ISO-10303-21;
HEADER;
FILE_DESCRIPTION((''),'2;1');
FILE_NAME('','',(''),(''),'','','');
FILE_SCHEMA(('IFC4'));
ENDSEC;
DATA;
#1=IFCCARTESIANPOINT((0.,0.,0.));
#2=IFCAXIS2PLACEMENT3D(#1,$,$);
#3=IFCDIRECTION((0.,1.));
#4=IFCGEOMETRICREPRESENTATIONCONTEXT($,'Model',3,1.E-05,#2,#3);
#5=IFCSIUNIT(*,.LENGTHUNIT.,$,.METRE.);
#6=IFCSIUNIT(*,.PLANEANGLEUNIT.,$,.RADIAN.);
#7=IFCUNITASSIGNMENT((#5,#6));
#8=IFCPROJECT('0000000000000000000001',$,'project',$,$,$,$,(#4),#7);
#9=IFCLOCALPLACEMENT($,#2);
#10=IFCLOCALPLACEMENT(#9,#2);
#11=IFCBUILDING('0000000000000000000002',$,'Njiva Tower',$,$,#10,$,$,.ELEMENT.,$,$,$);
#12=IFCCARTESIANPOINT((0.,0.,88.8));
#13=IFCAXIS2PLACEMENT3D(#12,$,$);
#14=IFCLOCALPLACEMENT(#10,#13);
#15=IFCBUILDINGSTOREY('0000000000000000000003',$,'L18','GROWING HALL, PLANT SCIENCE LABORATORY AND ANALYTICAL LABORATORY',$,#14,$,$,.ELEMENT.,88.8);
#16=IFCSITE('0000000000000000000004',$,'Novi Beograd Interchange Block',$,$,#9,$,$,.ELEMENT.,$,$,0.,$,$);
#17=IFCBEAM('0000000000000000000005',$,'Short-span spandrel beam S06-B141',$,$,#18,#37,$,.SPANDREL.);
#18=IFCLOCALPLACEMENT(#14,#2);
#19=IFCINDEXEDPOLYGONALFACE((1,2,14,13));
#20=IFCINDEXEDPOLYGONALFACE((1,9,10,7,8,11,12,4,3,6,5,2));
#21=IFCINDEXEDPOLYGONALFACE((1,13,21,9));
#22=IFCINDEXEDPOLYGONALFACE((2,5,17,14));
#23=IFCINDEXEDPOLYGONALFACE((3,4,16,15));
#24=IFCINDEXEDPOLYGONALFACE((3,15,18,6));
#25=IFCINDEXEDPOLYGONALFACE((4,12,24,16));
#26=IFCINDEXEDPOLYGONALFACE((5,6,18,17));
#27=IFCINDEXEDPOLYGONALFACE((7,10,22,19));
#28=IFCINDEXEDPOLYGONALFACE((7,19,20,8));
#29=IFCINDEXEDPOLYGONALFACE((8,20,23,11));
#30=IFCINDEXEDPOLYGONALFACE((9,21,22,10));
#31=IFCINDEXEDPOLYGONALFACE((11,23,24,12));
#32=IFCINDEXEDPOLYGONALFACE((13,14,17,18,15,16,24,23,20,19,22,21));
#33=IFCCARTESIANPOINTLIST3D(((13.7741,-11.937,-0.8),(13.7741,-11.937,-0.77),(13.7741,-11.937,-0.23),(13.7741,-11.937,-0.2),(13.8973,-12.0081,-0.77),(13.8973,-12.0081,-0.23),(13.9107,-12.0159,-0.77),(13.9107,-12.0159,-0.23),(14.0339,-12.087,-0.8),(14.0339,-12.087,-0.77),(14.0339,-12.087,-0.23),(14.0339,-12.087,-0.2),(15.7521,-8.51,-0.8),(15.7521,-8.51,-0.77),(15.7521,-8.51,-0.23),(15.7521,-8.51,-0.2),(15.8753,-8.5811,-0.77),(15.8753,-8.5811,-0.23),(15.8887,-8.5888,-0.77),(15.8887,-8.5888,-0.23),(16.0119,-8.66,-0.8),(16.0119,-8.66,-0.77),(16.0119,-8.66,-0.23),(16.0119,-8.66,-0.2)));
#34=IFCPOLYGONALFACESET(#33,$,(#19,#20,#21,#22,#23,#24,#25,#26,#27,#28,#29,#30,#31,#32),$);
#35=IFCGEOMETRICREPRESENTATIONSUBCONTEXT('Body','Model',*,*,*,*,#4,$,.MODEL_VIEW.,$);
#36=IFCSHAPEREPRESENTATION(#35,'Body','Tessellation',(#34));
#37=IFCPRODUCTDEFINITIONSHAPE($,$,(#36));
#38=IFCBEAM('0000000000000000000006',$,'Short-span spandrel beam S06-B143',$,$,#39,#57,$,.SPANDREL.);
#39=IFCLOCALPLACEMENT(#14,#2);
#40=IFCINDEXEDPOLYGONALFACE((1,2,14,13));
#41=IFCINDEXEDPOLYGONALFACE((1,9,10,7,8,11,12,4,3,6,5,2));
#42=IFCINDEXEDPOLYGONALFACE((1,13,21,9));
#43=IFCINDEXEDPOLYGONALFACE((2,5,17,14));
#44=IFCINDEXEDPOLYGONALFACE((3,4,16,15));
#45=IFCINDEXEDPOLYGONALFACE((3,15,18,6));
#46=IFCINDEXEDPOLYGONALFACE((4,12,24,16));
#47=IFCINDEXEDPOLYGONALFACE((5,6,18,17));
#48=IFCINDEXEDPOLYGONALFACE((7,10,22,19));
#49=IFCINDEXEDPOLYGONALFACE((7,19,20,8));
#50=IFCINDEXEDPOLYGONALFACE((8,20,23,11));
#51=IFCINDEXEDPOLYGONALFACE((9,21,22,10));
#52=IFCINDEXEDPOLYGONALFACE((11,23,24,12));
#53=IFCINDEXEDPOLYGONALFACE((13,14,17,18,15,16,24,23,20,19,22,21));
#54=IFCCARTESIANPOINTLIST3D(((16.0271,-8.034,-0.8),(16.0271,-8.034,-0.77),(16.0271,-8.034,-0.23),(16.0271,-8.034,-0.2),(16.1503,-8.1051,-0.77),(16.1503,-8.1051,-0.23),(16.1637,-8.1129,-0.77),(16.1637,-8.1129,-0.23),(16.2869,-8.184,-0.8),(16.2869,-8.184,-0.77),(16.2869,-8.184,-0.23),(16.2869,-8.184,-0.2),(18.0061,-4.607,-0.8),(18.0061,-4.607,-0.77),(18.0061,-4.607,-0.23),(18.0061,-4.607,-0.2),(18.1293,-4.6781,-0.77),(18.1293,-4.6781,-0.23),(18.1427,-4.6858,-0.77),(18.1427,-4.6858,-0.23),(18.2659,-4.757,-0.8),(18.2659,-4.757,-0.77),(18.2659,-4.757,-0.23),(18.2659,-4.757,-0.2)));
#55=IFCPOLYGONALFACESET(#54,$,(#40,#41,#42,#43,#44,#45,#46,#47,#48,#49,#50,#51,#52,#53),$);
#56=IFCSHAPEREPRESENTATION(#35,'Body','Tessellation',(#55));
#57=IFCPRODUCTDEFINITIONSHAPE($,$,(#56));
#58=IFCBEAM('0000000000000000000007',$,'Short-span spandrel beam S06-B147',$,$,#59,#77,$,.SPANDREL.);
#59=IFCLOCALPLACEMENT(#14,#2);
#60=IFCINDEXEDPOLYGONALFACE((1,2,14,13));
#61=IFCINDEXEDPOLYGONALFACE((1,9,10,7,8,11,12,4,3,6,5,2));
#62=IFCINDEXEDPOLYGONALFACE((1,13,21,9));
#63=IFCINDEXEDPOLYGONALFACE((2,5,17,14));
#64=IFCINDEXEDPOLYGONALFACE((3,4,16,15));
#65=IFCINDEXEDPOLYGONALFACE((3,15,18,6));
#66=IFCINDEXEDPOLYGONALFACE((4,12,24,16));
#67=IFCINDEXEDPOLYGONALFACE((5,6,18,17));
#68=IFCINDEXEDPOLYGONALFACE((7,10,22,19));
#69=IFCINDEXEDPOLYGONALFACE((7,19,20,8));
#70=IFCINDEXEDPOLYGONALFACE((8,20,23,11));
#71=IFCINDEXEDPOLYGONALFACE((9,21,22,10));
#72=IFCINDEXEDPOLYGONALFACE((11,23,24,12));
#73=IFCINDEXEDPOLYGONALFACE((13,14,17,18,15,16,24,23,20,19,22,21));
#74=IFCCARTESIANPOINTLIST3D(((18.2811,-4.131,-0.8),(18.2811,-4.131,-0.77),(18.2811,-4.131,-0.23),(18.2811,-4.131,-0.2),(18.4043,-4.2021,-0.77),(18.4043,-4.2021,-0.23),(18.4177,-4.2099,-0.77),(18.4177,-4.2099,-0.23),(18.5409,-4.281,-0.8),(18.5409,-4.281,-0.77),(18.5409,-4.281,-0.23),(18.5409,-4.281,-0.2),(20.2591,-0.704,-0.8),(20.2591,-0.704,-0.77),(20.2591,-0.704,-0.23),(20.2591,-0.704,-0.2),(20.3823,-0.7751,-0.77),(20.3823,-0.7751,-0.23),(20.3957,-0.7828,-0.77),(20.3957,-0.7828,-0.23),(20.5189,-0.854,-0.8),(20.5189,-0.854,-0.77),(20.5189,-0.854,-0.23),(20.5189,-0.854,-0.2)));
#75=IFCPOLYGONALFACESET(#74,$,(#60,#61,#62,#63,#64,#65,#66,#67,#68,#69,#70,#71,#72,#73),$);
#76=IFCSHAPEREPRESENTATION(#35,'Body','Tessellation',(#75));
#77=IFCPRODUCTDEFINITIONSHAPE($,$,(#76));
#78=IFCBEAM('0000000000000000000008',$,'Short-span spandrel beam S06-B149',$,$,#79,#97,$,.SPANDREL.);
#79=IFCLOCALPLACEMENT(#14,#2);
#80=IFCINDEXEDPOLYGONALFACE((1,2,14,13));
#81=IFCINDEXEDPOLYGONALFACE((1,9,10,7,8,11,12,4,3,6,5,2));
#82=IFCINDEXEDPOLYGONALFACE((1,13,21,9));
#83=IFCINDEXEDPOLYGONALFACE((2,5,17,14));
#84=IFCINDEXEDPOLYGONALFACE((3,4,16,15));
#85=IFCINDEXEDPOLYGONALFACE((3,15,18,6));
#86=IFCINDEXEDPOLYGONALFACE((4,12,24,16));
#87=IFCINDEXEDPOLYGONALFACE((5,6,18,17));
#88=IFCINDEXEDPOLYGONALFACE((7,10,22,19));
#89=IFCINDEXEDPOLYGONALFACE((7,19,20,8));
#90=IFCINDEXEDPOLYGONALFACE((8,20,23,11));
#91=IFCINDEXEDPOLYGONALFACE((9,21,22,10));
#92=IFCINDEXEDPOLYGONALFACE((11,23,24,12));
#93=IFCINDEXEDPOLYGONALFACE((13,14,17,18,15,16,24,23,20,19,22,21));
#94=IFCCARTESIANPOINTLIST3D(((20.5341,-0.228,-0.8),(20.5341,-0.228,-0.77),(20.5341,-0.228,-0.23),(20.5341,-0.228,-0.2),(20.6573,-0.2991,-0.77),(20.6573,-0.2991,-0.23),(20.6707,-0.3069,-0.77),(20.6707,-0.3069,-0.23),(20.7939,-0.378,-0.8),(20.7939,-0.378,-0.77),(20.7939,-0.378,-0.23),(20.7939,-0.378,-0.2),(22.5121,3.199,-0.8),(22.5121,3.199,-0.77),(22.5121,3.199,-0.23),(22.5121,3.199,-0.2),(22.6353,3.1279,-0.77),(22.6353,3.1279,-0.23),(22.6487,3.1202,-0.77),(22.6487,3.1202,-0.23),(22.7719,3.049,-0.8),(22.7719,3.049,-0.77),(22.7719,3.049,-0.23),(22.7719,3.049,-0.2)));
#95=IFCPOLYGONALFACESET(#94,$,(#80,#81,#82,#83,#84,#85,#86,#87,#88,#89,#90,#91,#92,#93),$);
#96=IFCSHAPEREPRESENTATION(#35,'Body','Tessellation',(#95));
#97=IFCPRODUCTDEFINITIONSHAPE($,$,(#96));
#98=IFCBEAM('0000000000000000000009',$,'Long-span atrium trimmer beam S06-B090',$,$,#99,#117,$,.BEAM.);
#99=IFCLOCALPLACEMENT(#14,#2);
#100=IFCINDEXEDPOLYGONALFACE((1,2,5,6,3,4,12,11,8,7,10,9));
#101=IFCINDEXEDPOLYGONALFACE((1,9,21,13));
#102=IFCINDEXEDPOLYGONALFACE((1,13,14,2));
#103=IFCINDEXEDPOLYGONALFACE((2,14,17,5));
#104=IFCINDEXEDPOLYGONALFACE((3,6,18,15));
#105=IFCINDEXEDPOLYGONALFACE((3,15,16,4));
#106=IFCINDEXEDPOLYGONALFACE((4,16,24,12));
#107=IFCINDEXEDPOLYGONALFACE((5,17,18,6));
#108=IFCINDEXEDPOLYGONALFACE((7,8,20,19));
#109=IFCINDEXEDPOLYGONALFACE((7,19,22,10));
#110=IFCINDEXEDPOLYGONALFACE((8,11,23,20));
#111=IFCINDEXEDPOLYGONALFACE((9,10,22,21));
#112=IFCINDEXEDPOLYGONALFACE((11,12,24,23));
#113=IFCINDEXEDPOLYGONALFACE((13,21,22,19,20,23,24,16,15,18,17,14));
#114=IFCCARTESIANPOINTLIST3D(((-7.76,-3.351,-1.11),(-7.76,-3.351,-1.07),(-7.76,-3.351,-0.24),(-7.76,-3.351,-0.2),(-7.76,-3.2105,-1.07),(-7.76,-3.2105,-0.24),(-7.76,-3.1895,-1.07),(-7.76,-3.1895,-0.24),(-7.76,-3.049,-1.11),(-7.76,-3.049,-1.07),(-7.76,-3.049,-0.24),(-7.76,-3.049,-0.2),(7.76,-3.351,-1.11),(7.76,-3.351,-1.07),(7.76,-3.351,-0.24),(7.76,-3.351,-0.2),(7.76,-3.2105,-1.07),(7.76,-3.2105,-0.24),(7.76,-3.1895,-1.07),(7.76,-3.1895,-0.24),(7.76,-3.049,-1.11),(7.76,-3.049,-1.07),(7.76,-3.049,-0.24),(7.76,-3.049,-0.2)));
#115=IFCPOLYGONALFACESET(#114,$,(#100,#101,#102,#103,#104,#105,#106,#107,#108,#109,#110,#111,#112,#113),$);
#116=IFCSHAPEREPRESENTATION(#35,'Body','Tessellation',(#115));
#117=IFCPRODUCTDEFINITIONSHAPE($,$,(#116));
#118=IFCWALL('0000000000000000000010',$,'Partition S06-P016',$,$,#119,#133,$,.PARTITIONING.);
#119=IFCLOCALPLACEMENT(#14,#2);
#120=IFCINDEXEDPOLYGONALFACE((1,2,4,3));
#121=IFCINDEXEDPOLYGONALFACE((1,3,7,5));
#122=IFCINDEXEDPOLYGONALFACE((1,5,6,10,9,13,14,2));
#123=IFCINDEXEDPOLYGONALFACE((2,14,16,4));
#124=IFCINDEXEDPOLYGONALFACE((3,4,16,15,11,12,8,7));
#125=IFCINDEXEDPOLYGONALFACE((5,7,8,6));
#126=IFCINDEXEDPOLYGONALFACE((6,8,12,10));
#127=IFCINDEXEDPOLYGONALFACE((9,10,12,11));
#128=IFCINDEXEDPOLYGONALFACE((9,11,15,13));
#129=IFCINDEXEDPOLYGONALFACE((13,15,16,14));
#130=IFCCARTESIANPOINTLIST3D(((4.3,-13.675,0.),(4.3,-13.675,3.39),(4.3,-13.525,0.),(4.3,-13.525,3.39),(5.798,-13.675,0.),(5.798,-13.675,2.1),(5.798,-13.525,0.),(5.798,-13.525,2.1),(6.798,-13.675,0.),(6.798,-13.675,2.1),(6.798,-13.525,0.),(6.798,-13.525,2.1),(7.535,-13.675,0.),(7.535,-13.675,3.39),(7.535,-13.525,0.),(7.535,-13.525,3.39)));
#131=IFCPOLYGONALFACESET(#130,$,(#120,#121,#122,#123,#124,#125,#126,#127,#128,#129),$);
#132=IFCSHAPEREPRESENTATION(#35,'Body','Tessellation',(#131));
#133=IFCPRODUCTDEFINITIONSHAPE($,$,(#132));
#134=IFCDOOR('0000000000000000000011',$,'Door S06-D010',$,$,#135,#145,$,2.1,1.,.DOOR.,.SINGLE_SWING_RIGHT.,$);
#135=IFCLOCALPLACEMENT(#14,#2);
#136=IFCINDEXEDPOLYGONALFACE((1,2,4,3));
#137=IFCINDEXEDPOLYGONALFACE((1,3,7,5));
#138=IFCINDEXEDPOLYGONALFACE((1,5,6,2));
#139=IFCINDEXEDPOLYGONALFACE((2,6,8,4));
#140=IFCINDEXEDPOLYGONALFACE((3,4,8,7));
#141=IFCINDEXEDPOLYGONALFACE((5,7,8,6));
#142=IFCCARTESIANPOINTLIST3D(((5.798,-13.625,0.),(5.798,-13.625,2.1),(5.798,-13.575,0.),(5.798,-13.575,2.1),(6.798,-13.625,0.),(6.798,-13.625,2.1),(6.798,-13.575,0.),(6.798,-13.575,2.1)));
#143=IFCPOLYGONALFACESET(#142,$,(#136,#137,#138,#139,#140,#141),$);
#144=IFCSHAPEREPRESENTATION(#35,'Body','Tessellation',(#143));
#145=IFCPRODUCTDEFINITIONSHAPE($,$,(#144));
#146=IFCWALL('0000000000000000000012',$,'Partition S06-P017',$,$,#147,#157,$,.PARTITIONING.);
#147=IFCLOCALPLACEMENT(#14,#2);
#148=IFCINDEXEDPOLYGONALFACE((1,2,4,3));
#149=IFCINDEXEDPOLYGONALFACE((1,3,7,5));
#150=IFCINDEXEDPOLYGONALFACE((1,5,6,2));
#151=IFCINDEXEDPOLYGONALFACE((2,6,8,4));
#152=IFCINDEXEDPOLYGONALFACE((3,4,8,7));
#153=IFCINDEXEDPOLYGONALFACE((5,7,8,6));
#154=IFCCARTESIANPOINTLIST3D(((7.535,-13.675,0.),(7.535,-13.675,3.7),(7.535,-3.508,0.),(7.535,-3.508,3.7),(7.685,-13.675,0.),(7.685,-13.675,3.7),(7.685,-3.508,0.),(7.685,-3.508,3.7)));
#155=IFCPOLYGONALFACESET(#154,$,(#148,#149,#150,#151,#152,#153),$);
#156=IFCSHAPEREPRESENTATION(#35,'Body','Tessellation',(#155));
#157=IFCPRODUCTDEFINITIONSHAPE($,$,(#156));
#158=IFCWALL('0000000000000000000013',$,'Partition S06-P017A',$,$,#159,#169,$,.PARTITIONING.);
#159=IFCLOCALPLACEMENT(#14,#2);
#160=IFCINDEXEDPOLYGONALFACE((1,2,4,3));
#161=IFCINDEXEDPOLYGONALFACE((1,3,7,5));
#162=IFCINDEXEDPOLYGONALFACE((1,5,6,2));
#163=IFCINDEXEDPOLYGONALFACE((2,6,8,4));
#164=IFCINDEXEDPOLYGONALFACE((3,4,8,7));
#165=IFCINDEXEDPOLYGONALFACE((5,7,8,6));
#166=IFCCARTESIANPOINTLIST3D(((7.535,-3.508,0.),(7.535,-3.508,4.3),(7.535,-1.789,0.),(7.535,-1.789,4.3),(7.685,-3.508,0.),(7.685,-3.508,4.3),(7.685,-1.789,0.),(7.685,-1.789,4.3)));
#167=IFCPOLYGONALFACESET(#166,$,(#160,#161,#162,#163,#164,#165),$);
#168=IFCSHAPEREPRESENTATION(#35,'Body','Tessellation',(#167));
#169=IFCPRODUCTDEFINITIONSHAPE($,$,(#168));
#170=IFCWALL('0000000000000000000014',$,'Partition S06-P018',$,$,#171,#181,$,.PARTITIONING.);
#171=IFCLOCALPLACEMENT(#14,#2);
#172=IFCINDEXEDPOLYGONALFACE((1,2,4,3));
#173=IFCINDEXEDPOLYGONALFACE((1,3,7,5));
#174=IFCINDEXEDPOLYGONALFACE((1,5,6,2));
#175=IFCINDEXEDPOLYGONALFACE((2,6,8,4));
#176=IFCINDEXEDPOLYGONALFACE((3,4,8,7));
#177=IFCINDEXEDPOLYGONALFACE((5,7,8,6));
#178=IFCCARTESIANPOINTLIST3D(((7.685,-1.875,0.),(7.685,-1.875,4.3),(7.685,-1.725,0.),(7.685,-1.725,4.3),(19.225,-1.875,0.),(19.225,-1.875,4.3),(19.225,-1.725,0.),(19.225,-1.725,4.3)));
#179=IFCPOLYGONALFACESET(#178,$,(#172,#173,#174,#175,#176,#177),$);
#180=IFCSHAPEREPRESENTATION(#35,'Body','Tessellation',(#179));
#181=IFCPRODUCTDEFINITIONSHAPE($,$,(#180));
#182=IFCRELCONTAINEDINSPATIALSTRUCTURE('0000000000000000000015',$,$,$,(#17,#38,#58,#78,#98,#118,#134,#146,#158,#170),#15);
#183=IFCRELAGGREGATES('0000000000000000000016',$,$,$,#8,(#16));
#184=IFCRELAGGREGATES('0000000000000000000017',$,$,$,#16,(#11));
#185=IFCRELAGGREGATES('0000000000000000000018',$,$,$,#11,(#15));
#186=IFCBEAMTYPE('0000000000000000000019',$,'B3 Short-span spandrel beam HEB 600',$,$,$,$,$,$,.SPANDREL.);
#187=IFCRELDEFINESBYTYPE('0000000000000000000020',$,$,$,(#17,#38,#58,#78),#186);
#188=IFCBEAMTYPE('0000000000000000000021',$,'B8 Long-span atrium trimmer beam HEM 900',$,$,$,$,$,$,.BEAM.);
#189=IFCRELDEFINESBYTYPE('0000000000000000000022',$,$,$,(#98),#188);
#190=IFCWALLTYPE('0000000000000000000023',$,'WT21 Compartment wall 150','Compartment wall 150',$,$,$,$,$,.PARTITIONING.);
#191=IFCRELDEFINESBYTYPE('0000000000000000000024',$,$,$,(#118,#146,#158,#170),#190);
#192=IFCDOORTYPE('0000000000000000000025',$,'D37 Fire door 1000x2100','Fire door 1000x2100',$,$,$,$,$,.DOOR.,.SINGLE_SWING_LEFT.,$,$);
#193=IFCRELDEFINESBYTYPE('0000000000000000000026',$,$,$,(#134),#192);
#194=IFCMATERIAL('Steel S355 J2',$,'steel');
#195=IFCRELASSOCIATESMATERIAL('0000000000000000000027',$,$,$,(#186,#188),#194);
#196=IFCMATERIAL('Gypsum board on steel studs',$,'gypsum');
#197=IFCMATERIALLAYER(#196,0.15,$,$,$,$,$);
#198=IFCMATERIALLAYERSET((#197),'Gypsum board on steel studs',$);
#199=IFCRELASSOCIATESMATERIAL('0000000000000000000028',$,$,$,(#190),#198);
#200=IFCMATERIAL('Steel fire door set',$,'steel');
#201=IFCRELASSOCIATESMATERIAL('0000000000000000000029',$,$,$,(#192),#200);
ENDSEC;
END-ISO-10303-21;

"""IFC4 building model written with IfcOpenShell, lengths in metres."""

from ifc_helpers import new_model, si_unit, direction, frame, frame_2d, origin, origin_2d, place, context, subcontext, project, spatial, rectangle, i_section, extrude, material, layer, layer_set, material_profile, profile_set, type_object, element, fill, save


model = new_model("IFC4")

# Units and contexts
model_context = context("Model", 3, precision=1e-05, world=origin(), true_north=direction((0.0, 1.0)))
body_context = subcontext(model_context, "Body", "Model", "MODEL_VIEW")
ifc_project = project(units=[si_unit("LENGTHUNIT", "METRE"), si_unit("PLANEANGLEUNIT", "RADIAN")], contexts=[model_context])

# Site, building, storey
site_placement = place(None, origin())
site = spatial("IfcSite", under=ifc_project, at=site_placement, Name="Novi Beograd Interchange Block", CompositionType="ELEMENT", RefElevation=0.0)
building_placement = place(site_placement, origin())
building = spatial("IfcBuilding", under=site, at=building_placement, Name="Njiva Tower", CompositionType="ELEMENT")
storey_placement = place(building_placement, frame((0.0, 0.0, 88.8)))
storey = spatial("IfcBuildingStorey", under=building, at=storey_placement, Name="L18", Description="GROWING HALL, PLANT SCIENCE LABORATORY AND ANALYTICAL LABORATORY", CompositionType="ELEMENT", Elevation=88.8)

# Shared definitions
ifc_material_1 = material(Name="Steel S355 J2", Category="steel")

# Beams
ifc_material_profile_1 = material_profile(ifc_material_1, i_section(OverallWidth=0.3, OverallDepth=0.6, WebThickness=0.0155, FlangeThickness=0.03, at=origin_2d()), Name="HEB 600")
ifc_profile_set_1 = profile_set([ifc_material_profile_1], Name="Steel S355 J2")
beam_type_1 = type_object("IfcBeamType", Name="B3 Short-span spandrel beam HEB 600", PredefinedType="SPANDREL", material=ifc_profile_set_1)
beam_1_placement = place(storey_placement, frame((13.904, -12.012, -0.5), z_axis=(0.49989, 0.866089, 0.0), x_axis=(-0.866089, 0.49989, 0.0)))
element("IfcBeam", 1, at=beam_1_placement, inside=storey, type_object=beam_type_1, Name="Short-span spandrel beam S06-B141", PredefinedType="SPANDREL", context=body_context, shape_type="SweptSolid", body=[
    extrude(i_section(OverallWidth=0.3, OverallDepth=0.6, WebThickness=0.0155, FlangeThickness=0.03, at=origin_2d()), origin(), (0.0, 0.0, 1.0), 3.9569),
])
beam_2_placement = place(storey_placement, frame((16.157, -8.109, -0.5), z_axis=(0.50008, 0.865979, 0.0), x_axis=(-0.865979, 0.50008, 0.0)))
element("IfcBeam", 2, at=beam_2_placement, inside=storey, type_object=beam_type_1, Name="Short-span spandrel beam S06-B143", PredefinedType="SPANDREL", context=body_context, shape_type="SweptSolid", body=[
    extrude(i_section(OverallWidth=0.3, OverallDepth=0.6, WebThickness=0.0155, FlangeThickness=0.03, at=origin_2d()), origin(), (0.0, 0.0, 1.0), 3.9574),
])
for number, where, z_axis, x_axis, name in (
    (3, (18.411, -4.206, -0.5), (0.49989, 0.866089, 0.0), (-0.866089, 0.49989, 0.0), "Short-span spandrel beam S06-B147"),
    (4, (20.664, -0.303, -0.5), (0.49989, 0.866089, 0.0), (-0.866089, 0.49989, 0.0), "Short-span spandrel beam S06-B149"),
):
    element("IfcBeam", number, at=place(storey_placement, frame(where, z_axis=z_axis, x_axis=x_axis)), inside=storey, type_object=beam_type_1, Name=name, PredefinedType="SPANDREL", context=body_context, shape_type="SweptSolid", body=[
        extrude(i_section(OverallWidth=0.3, OverallDepth=0.6, WebThickness=0.0155, FlangeThickness=0.03, at=origin_2d()), origin(), (0.0, 0.0, 1.0), 3.9569),
    ])
ifc_material_profile_2 = material_profile(ifc_material_1, i_section(OverallWidth=0.302, OverallDepth=0.91, WebThickness=0.021, FlangeThickness=0.04, at=origin_2d()), Name="HEM 900")
ifc_profile_set_2 = profile_set([ifc_material_profile_2], Name="Steel S355 J2")
beam_type_2 = type_object("IfcBeamType", Name="B8 Long-span atrium trimmer beam HEM 900", PredefinedType="BEAM", material=ifc_profile_set_2)
beam_3_placement = place(storey_placement, frame((7.76, -3.2, -0.655), z_axis=(-1.0, 0.0, 0.0), x_axis=(0.0, -1.0, 0.0)))
element("IfcBeam", 5, at=beam_3_placement, inside=storey, type_object=beam_type_2, Name="Long-span atrium trimmer beam S06-B090", PredefinedType="BEAM", context=body_context, shape_type="SweptSolid", body=[
    extrude(i_section(OverallWidth=0.302, OverallDepth=0.91, WebThickness=0.021, FlangeThickness=0.04, at=origin_2d()), origin(), (0.0, 0.0, 1.0), 15.52),
])

# Wall, opening, door
ifc_material_2 = material(Name="Gypsum board on steel studs", Category="gypsum")
ifc_layer_1 = layer(ifc_material_2, 0.15)
ifc_layer_set_1 = layer_set([ifc_layer_1], Name="Gypsum board on steel studs")
wall_type_1 = type_object("IfcWallType", Name="WT21 Compartment wall 150", Description="Compartment wall 150", PredefinedType="PARTITIONING", material=ifc_layer_set_1)
wall_1_placement = place(storey_placement, frame((4.3, -13.6, 0.0), z_axis=(0.0, 0.0, 1.0), x_axis=(1.0, 0.0, 0.0)))
wall_1 = element("IfcWall", 6, at=wall_1_placement, inside=storey, type_object=wall_type_1, Name="Partition S06-P016", PredefinedType="PARTITIONING", context=body_context, shape_type="SweptSolid", body=[
    extrude(rectangle(XDim=3.235, YDim=0.15, at=frame_2d((1.6175, 0.0))), origin(), (0.0, 0.0, 1.0), 3.39),
])
opening_1_placement = place(wall_1_placement, frame((1.498, 0.0, 0.0)))
opening_1 = element("IfcOpeningElement", 7, at=opening_1_placement, cuts=wall_1, PredefinedType="OPENING", context=body_context, shape_type="SweptSolid", body=[
    extrude(rectangle(XDim=1.0, YDim=2.1, at=frame_2d((0.5, 1.05))), frame((0.0, 0.085, 0.0), z_axis=(0.0, -1.0, 0.0), x_axis=(1.0, 0.0, 0.0)), (0.0, 0.0, 1.0), 0.17),
])
ifc_material_3 = material(Name="Steel fire door set", Category="steel")
door_type_1 = type_object("IfcDoorType", Name="D37 Fire door 1000x2100", Description="Fire door 1000x2100", OperationType="SINGLE_SWING_LEFT", PredefinedType="DOOR", material=ifc_material_3)
door_1_placement = place(opening_1_placement, origin())
door_1 = element("IfcDoor", 8, at=door_1_placement, inside=storey, type_object=door_type_1, Name="Door S06-D010", OperationType="SINGLE_SWING_RIGHT", OverallHeight=2.1, OverallWidth=1.0, PredefinedType="DOOR", context=body_context, shape_type="SweptSolid", body=[
    extrude(rectangle(XDim=1.0, YDim=2.1, at=frame_2d((0.5, 1.05))), frame((0.0, 0.025, 0.0), z_axis=(0.0, -1.0, 0.0), x_axis=(1.0, 0.0, 0.0)), (0.0, 0.0, 1.0), 0.05),
])
fill(opening_1, door_1)

# Walls
wall_2_placement = place(storey_placement, frame((7.61, -13.675, 0.0), z_axis=(0.0, 0.0, 1.0), x_axis=(0.0, 1.0, 0.0)))
element("IfcWall", 9, at=wall_2_placement, inside=storey, type_object=wall_type_1, Name="Partition S06-P017", PredefinedType="PARTITIONING", context=body_context, shape_type="SweptSolid", body=[
    extrude(rectangle(XDim=10.167, YDim=0.15, at=frame_2d((5.0835, 0.0))), origin(), (0.0, 0.0, 1.0), 3.7),
])
wall_3_placement = place(storey_placement, frame((7.61, -3.508, 0.0), z_axis=(0.0, 0.0, 1.0), x_axis=(0.0, 1.0, 0.0)))
element("IfcWall", 10, at=wall_3_placement, inside=storey, type_object=wall_type_1, Name="Partition S06-P017A", PredefinedType="PARTITIONING", context=body_context, shape_type="SweptSolid", body=[
    extrude(rectangle(XDim=1.719, YDim=0.15, at=frame_2d((0.8595, 0.0))), origin(), (0.0, 0.0, 1.0), 4.3),
])
wall_4_placement = place(storey_placement, frame((7.685, -1.8, 0.0), z_axis=(0.0, 0.0, 1.0), x_axis=(1.0, 0.0, 0.0)))
element("IfcWall", 11, at=wall_4_placement, inside=storey, type_object=wall_type_1, Name="Partition S06-P018", PredefinedType="PARTITIONING", context=body_context, shape_type="SweptSolid", body=[
    extrude(rectangle(XDim=11.54, YDim=0.15, at=frame_2d((5.77, 0.0))), origin(), (0.0, 0.0, 1.0), 4.3),
])

save(model, "model.ifc")
